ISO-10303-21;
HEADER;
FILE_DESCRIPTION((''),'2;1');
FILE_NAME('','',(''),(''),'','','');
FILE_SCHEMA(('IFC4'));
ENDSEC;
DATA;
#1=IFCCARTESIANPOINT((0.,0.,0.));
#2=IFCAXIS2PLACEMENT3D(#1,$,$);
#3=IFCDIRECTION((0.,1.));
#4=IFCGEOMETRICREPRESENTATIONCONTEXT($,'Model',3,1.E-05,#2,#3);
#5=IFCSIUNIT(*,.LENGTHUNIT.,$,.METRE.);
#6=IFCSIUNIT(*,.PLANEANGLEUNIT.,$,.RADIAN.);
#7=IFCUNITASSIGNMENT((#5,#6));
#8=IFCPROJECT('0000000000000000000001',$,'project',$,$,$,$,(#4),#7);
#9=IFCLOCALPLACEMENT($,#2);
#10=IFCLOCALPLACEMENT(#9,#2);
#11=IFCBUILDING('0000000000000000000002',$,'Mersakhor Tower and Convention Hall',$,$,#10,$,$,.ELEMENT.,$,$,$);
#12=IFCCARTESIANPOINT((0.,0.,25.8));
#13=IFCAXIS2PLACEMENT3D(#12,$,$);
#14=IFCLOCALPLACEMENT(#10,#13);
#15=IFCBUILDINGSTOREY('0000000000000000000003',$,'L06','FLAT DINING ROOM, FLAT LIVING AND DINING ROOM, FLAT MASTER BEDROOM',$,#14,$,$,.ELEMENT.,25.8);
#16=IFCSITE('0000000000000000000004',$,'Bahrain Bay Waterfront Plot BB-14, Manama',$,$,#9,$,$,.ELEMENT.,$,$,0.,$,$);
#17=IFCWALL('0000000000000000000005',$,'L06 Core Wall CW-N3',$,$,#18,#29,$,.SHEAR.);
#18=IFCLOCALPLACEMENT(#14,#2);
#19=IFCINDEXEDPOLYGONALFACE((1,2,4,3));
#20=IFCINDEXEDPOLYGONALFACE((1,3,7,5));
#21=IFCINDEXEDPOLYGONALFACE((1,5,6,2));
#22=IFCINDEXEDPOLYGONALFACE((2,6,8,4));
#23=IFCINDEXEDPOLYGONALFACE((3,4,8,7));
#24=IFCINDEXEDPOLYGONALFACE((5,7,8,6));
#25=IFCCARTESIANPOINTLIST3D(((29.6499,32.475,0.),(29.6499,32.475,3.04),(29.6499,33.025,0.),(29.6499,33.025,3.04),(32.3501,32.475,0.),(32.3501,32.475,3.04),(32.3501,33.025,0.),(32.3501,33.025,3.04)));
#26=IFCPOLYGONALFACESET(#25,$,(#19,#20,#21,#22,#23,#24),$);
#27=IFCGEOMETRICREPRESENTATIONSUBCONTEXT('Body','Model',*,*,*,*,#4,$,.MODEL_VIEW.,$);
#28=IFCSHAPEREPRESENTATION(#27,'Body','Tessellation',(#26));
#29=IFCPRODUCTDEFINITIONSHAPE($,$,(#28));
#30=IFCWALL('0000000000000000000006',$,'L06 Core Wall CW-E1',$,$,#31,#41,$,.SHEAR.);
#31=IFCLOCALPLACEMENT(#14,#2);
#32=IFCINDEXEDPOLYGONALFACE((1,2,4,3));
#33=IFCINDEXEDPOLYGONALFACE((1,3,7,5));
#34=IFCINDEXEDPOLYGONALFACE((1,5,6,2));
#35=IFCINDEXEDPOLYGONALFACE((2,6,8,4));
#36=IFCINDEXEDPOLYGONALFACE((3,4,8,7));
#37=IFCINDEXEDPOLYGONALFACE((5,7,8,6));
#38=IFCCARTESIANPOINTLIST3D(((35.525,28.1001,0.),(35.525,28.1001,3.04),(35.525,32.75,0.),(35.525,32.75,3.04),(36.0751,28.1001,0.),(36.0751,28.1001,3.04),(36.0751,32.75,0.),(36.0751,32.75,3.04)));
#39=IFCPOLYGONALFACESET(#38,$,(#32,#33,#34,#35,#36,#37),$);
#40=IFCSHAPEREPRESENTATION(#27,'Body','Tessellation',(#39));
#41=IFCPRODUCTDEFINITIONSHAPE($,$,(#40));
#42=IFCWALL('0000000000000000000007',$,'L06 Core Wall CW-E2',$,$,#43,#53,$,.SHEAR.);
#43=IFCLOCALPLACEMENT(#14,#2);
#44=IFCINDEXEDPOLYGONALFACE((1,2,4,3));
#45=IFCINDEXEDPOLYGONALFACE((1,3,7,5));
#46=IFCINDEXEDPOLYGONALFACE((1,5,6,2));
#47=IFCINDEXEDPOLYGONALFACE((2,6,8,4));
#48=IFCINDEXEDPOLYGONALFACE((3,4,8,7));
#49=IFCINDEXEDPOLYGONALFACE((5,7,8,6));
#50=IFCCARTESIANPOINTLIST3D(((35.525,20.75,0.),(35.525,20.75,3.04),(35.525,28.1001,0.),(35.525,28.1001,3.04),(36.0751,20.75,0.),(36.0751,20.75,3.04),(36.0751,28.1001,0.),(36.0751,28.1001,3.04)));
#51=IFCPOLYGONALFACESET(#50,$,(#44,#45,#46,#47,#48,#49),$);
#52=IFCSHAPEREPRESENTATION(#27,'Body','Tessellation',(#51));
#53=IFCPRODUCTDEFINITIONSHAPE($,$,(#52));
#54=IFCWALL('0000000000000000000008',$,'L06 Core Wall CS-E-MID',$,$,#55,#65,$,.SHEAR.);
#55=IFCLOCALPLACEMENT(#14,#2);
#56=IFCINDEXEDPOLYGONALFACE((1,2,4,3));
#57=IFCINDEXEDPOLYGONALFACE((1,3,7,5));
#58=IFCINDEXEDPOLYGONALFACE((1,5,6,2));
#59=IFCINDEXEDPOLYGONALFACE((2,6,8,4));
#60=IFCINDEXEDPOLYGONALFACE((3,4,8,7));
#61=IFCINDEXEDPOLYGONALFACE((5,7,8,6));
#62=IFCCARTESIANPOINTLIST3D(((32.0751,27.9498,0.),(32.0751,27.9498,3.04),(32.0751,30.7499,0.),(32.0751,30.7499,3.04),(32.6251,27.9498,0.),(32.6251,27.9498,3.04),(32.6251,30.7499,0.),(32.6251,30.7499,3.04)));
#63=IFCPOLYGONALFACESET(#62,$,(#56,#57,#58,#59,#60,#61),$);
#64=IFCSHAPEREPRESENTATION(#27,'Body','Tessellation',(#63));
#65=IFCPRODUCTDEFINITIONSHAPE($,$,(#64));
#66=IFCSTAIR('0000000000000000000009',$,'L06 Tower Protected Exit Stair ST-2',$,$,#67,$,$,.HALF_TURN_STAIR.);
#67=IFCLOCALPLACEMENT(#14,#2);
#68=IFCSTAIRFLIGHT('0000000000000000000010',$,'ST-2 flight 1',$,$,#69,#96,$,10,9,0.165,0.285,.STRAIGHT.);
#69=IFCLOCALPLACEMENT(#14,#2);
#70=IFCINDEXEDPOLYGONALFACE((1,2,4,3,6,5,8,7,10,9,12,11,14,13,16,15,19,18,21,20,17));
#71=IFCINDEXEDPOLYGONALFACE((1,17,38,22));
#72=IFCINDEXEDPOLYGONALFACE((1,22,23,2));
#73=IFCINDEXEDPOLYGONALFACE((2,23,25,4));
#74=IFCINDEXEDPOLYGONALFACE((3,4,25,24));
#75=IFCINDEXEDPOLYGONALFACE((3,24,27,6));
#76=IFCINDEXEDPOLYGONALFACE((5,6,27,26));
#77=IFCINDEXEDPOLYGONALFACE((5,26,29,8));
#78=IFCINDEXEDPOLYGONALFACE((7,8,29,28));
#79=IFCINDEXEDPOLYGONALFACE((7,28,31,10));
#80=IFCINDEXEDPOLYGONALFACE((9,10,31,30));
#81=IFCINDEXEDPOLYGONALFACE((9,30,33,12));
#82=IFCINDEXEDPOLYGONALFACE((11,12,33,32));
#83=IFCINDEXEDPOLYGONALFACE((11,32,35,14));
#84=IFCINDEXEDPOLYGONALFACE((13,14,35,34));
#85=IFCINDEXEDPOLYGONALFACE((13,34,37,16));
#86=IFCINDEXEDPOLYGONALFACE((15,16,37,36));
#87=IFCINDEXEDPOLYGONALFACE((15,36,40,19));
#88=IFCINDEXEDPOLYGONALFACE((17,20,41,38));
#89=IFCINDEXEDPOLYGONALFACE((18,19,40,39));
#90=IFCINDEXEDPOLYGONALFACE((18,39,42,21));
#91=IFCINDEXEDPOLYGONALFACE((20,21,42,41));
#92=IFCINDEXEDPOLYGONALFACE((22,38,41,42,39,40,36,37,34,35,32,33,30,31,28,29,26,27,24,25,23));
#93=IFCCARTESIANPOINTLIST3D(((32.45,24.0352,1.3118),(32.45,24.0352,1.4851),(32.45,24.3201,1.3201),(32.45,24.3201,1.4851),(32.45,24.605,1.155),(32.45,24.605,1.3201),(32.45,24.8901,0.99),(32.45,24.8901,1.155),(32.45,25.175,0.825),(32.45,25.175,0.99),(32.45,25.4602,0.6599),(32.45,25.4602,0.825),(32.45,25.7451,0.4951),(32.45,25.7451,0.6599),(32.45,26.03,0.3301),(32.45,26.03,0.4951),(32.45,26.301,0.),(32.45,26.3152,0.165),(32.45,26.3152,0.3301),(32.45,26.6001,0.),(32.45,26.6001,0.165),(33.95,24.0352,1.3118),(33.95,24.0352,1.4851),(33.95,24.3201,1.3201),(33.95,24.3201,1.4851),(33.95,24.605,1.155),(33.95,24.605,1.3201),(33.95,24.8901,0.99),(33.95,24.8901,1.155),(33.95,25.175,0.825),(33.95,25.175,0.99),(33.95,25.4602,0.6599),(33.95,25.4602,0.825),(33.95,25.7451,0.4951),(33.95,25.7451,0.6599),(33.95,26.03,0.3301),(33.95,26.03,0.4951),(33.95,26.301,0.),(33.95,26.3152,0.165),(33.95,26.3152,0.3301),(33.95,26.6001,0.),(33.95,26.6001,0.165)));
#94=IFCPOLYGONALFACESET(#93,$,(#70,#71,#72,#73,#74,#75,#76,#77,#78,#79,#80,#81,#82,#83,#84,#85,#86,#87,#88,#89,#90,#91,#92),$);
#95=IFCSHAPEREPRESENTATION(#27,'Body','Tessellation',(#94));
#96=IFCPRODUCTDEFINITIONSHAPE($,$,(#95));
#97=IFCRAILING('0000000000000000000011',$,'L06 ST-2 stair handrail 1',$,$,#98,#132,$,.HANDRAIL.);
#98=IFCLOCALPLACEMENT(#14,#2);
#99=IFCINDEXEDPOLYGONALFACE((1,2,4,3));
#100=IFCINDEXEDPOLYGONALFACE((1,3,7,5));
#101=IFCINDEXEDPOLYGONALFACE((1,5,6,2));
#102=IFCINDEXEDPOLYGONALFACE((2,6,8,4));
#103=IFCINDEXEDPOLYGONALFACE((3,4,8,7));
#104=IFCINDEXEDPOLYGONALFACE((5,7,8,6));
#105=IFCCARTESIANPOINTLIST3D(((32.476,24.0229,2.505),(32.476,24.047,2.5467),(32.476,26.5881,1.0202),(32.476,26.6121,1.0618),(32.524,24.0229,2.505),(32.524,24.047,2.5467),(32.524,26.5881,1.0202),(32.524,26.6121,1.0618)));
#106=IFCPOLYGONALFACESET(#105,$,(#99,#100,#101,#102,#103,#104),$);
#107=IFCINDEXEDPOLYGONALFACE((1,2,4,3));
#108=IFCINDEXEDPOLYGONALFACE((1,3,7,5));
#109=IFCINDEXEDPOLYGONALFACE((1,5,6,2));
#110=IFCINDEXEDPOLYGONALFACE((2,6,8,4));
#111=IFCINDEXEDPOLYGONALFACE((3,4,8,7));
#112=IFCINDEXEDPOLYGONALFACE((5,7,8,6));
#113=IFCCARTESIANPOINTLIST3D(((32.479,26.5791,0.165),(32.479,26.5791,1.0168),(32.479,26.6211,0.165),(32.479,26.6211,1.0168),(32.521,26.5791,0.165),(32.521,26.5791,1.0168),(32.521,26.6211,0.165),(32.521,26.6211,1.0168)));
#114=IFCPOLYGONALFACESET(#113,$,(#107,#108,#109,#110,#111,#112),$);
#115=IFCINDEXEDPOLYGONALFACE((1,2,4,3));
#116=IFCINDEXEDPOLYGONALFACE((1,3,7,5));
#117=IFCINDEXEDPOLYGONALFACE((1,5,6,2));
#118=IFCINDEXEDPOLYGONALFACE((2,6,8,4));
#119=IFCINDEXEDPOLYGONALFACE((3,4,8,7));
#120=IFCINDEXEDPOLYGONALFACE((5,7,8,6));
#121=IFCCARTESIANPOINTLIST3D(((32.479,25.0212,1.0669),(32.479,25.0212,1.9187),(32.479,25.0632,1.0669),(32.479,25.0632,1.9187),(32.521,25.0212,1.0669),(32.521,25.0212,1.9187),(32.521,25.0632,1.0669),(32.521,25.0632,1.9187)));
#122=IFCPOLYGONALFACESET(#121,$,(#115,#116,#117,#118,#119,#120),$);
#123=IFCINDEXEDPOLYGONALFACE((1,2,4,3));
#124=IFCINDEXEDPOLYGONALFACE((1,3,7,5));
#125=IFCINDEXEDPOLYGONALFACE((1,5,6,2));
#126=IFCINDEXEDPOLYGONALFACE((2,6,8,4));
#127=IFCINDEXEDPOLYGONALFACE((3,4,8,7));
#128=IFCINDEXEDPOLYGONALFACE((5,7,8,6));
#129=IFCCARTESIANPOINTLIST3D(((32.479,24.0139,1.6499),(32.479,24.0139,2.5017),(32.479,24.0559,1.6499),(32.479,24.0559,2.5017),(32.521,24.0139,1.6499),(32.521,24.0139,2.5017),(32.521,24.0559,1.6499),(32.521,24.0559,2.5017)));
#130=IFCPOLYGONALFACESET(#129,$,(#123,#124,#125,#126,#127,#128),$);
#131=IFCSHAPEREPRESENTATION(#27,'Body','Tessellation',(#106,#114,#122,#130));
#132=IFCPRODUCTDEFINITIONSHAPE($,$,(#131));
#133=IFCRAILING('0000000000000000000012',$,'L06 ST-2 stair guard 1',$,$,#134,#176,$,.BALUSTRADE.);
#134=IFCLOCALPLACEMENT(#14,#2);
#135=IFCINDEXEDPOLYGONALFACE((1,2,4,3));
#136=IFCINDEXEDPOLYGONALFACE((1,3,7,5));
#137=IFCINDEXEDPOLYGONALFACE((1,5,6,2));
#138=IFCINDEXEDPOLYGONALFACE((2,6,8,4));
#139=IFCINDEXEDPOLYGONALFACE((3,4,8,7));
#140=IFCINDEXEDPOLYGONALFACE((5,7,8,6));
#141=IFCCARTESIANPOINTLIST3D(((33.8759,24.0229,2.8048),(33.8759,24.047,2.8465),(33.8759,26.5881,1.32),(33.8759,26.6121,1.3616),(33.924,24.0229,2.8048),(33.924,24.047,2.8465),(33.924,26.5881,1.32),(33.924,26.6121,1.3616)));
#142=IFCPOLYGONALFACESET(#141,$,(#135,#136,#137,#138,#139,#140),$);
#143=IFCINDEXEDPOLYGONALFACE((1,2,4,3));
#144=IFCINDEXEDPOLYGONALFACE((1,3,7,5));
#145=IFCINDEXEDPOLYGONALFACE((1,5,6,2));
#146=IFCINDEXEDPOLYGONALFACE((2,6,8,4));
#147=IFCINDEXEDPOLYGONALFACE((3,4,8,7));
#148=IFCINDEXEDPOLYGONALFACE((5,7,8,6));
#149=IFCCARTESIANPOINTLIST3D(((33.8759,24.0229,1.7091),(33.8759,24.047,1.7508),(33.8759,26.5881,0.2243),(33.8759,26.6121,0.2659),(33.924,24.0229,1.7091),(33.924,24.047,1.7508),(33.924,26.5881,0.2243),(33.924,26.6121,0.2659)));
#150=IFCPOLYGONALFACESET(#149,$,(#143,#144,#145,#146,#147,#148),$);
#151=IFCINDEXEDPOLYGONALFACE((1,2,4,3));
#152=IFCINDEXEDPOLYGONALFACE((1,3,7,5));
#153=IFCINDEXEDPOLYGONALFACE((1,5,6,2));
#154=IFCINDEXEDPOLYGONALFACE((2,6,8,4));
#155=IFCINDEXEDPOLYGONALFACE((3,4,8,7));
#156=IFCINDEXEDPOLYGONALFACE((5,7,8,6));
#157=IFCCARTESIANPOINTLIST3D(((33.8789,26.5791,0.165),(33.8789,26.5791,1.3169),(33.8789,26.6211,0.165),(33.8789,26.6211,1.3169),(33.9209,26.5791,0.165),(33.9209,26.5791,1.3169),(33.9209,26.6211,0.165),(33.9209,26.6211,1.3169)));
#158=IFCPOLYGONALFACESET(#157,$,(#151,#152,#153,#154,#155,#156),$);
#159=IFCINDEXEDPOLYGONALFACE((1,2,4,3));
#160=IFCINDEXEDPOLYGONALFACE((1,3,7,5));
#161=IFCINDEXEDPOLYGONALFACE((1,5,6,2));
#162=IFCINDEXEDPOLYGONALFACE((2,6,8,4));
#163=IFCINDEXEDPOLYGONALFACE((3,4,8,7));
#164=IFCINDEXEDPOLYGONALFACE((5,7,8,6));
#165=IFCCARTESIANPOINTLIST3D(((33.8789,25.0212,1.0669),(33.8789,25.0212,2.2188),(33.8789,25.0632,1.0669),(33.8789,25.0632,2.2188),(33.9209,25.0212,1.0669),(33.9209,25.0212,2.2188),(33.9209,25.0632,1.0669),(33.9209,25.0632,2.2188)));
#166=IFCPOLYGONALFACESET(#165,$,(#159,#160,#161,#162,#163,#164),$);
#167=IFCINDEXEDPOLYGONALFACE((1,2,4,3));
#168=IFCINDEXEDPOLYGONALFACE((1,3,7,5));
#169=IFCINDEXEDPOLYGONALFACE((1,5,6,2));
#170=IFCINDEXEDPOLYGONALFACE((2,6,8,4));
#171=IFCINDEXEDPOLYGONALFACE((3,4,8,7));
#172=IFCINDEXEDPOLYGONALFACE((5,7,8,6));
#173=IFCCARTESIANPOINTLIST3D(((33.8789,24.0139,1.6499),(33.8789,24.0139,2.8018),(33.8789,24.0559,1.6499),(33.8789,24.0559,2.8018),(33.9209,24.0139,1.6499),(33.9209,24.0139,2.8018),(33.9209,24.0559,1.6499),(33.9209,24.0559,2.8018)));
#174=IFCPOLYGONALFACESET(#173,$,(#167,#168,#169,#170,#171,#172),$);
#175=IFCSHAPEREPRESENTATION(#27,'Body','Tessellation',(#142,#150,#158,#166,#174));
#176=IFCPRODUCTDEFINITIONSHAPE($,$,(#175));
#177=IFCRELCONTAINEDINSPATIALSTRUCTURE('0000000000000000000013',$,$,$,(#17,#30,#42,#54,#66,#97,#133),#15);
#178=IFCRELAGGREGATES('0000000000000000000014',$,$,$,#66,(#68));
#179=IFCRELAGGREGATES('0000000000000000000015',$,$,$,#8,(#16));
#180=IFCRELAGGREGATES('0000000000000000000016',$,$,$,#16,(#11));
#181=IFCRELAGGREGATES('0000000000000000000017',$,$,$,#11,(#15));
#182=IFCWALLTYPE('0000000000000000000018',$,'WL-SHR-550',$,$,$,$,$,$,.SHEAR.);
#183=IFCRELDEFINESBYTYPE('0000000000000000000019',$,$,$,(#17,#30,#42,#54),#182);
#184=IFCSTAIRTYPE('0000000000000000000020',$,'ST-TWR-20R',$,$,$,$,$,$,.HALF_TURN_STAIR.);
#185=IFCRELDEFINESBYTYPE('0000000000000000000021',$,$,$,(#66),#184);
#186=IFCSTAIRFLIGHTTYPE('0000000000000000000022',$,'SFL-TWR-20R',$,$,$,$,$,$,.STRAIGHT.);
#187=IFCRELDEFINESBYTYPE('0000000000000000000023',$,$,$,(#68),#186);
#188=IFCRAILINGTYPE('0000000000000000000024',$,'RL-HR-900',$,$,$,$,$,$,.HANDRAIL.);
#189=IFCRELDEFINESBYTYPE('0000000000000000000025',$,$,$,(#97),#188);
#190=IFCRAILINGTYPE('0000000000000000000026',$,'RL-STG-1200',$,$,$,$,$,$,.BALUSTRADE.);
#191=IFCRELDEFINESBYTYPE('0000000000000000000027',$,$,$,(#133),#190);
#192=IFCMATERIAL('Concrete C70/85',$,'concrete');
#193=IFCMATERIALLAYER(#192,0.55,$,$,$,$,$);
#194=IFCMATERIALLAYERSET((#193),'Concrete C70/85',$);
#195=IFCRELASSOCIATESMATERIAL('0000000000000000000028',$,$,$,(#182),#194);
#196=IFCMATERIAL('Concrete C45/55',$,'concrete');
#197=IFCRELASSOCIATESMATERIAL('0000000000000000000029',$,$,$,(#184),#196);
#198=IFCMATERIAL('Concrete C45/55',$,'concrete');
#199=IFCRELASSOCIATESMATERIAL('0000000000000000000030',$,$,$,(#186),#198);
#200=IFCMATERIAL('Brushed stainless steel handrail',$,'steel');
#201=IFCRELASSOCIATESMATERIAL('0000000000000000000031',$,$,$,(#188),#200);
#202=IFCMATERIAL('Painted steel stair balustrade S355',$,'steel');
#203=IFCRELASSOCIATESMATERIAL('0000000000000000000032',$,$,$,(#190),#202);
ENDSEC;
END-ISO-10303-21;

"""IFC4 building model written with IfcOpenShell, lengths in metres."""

from ifc_helpers import new_model, si_unit, direction, frame, frame_2d, origin, origin_2d, place, context, subcontext, project, spatial, polyline, rectangle, outline, extrude, material, layer, layer_set, type_object, element, aggregate, save


model = new_model("IFC4")

# Units and contexts
model_context = context("Model", 3, precision=1e-05, world=origin(), true_north=direction((0.0, 1.0)))
body_context = subcontext(model_context, "Body", "Model", "MODEL_VIEW")
ifc_project = project(units=[si_unit("LENGTHUNIT", "METRE"), si_unit("PLANEANGLEUNIT", "RADIAN")], contexts=[model_context])

# Site, building, storey
site_placement = place(None, origin())
site = spatial("IfcSite", under=ifc_project, at=site_placement, Name="Bahrain Bay Waterfront Plot BB-14, Manama", CompositionType="ELEMENT", RefElevation=0.0)
building_placement = place(site_placement, origin())
building = spatial("IfcBuilding", under=site, at=building_placement, Name="Mersakhor Tower and Convention Hall", CompositionType="ELEMENT")
storey_placement = place(building_placement, frame((0.0, 0.0, 25.8)))
storey = spatial("IfcBuildingStorey", under=building, at=storey_placement, Name="L06", Description="FLAT DINING ROOM, FLAT LIVING AND DINING ROOM, FLAT MASTER BEDROOM", CompositionType="ELEMENT", Elevation=25.8)

# Wall
ifc_material_1 = material(Name="Concrete C70/85", Category="concrete")
ifc_layer_1 = layer(ifc_material_1, 0.55)
ifc_layer_set_1 = layer_set([ifc_layer_1], Name="Concrete C70/85")
wall_type_1 = type_object("IfcWallType", Name="WL-SHR-550", PredefinedType="SHEAR", material=ifc_layer_set_1)
wall_1_placement = place(storey_placement, frame((29.6499, 32.75, 0.0), z_axis=(0.0, 0.0, 1.0), x_axis=(1.0, 0.0, 0.0)))
element("IfcWall", 1, at=wall_1_placement, inside=storey, type_object=wall_type_1, Name="L06 Core Wall CW-N3", PredefinedType="SHEAR", context=body_context, shape_type="SweptSolid", body=[
    extrude(rectangle(XDim=2.7002, YDim=0.55, at=frame_2d((1.3501, 0.0))), origin(), (0.0, 0.0, 1.0), 3.04),
])

# Walls
wall_2_placement = place(storey_placement, frame((35.8, 32.75, 0.0), z_axis=(0.0, 0.0, 1.0), x_axis=(0.0, -1.0, 0.0)))
element("IfcWall", 2, at=wall_2_placement, inside=storey, type_object=wall_type_1, Name="L06 Core Wall CW-E1", PredefinedType="SHEAR", context=body_context, shape_type="SweptSolid", body=[
    extrude(rectangle(XDim=4.6499, YDim=0.55, at=frame_2d((2.325, 0.0))), origin(), (0.0, 0.0, 1.0), 3.04),
])
wall_3_placement = place(storey_placement, frame((35.8, 28.1001, 0.0), z_axis=(0.0, 0.0, 1.0), x_axis=(0.0, -1.0, 0.0)))
element("IfcWall", 3, at=wall_3_placement, inside=storey, type_object=wall_type_1, Name="L06 Core Wall CW-E2", PredefinedType="SHEAR", context=body_context, shape_type="SweptSolid", body=[
    extrude(rectangle(XDim=7.3501, YDim=0.55, at=frame_2d((3.675, 0.0))), origin(), (0.0, 0.0, 1.0), 3.04),
])
wall_4_placement = place(storey_placement, frame((32.3501, 27.95, 0.0), z_axis=(0.0, 0.0, 1.0), x_axis=(0.0, 1.0, 0.0)))
element("IfcWall", 4, at=wall_4_placement, inside=storey, type_object=wall_type_1, Name="L06 Core Wall CS-E-MID", PredefinedType="SHEAR", context=body_context, shape_type="SweptSolid", body=[
    extrude(rectangle(XDim=2.8, YDim=0.55, at=frame_2d((1.3999, 0.0))), origin(), (0.0, 0.0, 1.0), 3.04),
])

# Stair, stair flight
ifc_material_2 = material(Name="Concrete C45/55", Category="concrete")
stair_type = type_object("IfcStairType", Name="ST-TWR-20R", PredefinedType="HALF_TURN_STAIR", material=ifc_material_2)
stair_placement = place(storey_placement, origin())
stair = element("IfcStair", 5, at=stair_placement, inside=storey, type_object=stair_type, Name="L06 Tower Protected Exit Stair ST-2", PredefinedType="HALF_TURN_STAIR")
ifc_material_3 = material(Name="Concrete C45/55", Category="concrete")
stair_flight_type = type_object("IfcStairFlightType", Name="SFL-TWR-20R", PredefinedType="STRAIGHT", material=ifc_material_3)
stair_flight_placement = place(storey_placement, frame((33.2, 26.6001, 0.0), z_axis=(0.0, 0.0, 1.0), x_axis=(0.0, -1.0, 0.0)))
stair_flight = element("IfcStairFlight", 6, at=stair_flight_placement, type_object=stair_flight_type, Name="ST-2 flight 1", NumberOfRisers=10, NumberOfTreads=9, PredefinedType="STRAIGHT", RiserHeight=0.165, TreadLength=0.285, context=body_context, shape_type="SweptSolid", body=[
    extrude(outline(polyline([(0.0, 0.0), (0.0, 0.165), (0.2849, 0.165), (0.2849, 0.3301), (0.5701, 0.3301), (0.5701, 0.4951), (0.855, 0.4951), (0.855, 0.6599), (1.1399, 0.6599), (1.1399, 0.825), (1.425, 0.825), (1.425, 0.99), (1.71, 0.99), (1.71, 1.155), (1.9951, 1.155), (1.9951, 1.3201), (2.28, 1.3201), (2.28, 1.4851), (2.5649, 1.4851), (2.5649, 1.6499), (2.5649, 1.3118), (0.2991, 0.0), (0.0, 0.0)])), frame((0.0, 0.75, 0.0), z_axis=(0.0, -1.0, 0.0), x_axis=(1.0, 0.0, 0.0)), (0.0, 0.0, 1.0), 1.5),
])
aggregate(stair, [stair_flight])

# Railings
ifc_material_4 = material(Name="Brushed stainless steel handrail", Category="steel")
railing_type_1 = type_object("IfcRailingType", Name="RL-HR-900", PredefinedType="HANDRAIL", material=ifc_material_4)
railing_1_placement = place(storey_placement, frame((32.5, 26.6001, 0.165)))
element("IfcRailing", 7, at=railing_1_placement, inside=storey, type_object=railing_type_1, Name="L06 ST-2 stair handrail 1", PredefinedType="HANDRAIL", context=body_context, shape_type="SweptSolid", body=[
    extrude(rectangle(XDim=0.0481, YDim=0.0481, at=origin_2d()), frame((0.0, 0.0, 0.876), z_axis=(0.0, -0.865462, 0.500975), x_axis=(1.0, 0.0, 0.0)), (0.0, 0.0, 1.0), 2.9639),
    extrude(rectangle(XDim=0.042, YDim=0.042, at=origin_2d()), origin(), (0.0, 0.0, 1.0), 0.8518),
    extrude(rectangle(XDim=0.042, YDim=0.042, at=origin_2d()), frame((0.0, -1.5579, 0.9019)), (0.0, 0.0, 1.0), 0.8518),
    extrude(rectangle(XDim=0.042, YDim=0.042, at=origin_2d()), frame((0.0, -2.5652, 1.4849)), (0.0, 0.0, 1.0), 0.8518),
])
ifc_material_5 = material(Name="Painted steel stair balustrade S355", Category="steel")
railing_type_2 = type_object("IfcRailingType", Name="RL-STG-1200", PredefinedType="BALUSTRADE", material=ifc_material_5)
railing_2_placement = place(storey_placement, frame((33.8999, 26.6001, 0.165)))
element("IfcRailing", 8, at=railing_2_placement, inside=storey, type_object=railing_type_2, Name="L06 ST-2 stair guard 1", PredefinedType="BALUSTRADE", context=body_context, shape_type="SweptSolid", body=[
    extrude(rectangle(XDim=0.0481, YDim=0.0481, at=origin_2d()), frame((0.0, 0.0, 1.1758), z_axis=(0.0, -0.865462, 0.500975), x_axis=(1.0, 0.0, 0.0)), (0.0, 0.0, 1.0), 2.9639),
    extrude(rectangle(XDim=0.0481, YDim=0.0481, at=origin_2d()), frame((0.0, 0.0, 0.0801), z_axis=(0.0, -0.865462, 0.500975), x_axis=(1.0, 0.0, 0.0)), (0.0, 0.0, 1.0), 2.9639),
    extrude(rectangle(XDim=0.042, YDim=0.042, at=origin_2d()), origin(), (0.0, 0.0, 1.0), 1.1519),
    extrude(rectangle(XDim=0.042, YDim=0.042, at=origin_2d()), frame((0.0, -1.5579, 0.9019)), (0.0, 0.0, 1.0), 1.1519),
    extrude(rectangle(XDim=0.042, YDim=0.042, at=origin_2d()), frame((0.0, -2.5652, 1.4849)), (0.0, 0.0, 1.0), 1.1519),
])

save(model, "model.ifc")
